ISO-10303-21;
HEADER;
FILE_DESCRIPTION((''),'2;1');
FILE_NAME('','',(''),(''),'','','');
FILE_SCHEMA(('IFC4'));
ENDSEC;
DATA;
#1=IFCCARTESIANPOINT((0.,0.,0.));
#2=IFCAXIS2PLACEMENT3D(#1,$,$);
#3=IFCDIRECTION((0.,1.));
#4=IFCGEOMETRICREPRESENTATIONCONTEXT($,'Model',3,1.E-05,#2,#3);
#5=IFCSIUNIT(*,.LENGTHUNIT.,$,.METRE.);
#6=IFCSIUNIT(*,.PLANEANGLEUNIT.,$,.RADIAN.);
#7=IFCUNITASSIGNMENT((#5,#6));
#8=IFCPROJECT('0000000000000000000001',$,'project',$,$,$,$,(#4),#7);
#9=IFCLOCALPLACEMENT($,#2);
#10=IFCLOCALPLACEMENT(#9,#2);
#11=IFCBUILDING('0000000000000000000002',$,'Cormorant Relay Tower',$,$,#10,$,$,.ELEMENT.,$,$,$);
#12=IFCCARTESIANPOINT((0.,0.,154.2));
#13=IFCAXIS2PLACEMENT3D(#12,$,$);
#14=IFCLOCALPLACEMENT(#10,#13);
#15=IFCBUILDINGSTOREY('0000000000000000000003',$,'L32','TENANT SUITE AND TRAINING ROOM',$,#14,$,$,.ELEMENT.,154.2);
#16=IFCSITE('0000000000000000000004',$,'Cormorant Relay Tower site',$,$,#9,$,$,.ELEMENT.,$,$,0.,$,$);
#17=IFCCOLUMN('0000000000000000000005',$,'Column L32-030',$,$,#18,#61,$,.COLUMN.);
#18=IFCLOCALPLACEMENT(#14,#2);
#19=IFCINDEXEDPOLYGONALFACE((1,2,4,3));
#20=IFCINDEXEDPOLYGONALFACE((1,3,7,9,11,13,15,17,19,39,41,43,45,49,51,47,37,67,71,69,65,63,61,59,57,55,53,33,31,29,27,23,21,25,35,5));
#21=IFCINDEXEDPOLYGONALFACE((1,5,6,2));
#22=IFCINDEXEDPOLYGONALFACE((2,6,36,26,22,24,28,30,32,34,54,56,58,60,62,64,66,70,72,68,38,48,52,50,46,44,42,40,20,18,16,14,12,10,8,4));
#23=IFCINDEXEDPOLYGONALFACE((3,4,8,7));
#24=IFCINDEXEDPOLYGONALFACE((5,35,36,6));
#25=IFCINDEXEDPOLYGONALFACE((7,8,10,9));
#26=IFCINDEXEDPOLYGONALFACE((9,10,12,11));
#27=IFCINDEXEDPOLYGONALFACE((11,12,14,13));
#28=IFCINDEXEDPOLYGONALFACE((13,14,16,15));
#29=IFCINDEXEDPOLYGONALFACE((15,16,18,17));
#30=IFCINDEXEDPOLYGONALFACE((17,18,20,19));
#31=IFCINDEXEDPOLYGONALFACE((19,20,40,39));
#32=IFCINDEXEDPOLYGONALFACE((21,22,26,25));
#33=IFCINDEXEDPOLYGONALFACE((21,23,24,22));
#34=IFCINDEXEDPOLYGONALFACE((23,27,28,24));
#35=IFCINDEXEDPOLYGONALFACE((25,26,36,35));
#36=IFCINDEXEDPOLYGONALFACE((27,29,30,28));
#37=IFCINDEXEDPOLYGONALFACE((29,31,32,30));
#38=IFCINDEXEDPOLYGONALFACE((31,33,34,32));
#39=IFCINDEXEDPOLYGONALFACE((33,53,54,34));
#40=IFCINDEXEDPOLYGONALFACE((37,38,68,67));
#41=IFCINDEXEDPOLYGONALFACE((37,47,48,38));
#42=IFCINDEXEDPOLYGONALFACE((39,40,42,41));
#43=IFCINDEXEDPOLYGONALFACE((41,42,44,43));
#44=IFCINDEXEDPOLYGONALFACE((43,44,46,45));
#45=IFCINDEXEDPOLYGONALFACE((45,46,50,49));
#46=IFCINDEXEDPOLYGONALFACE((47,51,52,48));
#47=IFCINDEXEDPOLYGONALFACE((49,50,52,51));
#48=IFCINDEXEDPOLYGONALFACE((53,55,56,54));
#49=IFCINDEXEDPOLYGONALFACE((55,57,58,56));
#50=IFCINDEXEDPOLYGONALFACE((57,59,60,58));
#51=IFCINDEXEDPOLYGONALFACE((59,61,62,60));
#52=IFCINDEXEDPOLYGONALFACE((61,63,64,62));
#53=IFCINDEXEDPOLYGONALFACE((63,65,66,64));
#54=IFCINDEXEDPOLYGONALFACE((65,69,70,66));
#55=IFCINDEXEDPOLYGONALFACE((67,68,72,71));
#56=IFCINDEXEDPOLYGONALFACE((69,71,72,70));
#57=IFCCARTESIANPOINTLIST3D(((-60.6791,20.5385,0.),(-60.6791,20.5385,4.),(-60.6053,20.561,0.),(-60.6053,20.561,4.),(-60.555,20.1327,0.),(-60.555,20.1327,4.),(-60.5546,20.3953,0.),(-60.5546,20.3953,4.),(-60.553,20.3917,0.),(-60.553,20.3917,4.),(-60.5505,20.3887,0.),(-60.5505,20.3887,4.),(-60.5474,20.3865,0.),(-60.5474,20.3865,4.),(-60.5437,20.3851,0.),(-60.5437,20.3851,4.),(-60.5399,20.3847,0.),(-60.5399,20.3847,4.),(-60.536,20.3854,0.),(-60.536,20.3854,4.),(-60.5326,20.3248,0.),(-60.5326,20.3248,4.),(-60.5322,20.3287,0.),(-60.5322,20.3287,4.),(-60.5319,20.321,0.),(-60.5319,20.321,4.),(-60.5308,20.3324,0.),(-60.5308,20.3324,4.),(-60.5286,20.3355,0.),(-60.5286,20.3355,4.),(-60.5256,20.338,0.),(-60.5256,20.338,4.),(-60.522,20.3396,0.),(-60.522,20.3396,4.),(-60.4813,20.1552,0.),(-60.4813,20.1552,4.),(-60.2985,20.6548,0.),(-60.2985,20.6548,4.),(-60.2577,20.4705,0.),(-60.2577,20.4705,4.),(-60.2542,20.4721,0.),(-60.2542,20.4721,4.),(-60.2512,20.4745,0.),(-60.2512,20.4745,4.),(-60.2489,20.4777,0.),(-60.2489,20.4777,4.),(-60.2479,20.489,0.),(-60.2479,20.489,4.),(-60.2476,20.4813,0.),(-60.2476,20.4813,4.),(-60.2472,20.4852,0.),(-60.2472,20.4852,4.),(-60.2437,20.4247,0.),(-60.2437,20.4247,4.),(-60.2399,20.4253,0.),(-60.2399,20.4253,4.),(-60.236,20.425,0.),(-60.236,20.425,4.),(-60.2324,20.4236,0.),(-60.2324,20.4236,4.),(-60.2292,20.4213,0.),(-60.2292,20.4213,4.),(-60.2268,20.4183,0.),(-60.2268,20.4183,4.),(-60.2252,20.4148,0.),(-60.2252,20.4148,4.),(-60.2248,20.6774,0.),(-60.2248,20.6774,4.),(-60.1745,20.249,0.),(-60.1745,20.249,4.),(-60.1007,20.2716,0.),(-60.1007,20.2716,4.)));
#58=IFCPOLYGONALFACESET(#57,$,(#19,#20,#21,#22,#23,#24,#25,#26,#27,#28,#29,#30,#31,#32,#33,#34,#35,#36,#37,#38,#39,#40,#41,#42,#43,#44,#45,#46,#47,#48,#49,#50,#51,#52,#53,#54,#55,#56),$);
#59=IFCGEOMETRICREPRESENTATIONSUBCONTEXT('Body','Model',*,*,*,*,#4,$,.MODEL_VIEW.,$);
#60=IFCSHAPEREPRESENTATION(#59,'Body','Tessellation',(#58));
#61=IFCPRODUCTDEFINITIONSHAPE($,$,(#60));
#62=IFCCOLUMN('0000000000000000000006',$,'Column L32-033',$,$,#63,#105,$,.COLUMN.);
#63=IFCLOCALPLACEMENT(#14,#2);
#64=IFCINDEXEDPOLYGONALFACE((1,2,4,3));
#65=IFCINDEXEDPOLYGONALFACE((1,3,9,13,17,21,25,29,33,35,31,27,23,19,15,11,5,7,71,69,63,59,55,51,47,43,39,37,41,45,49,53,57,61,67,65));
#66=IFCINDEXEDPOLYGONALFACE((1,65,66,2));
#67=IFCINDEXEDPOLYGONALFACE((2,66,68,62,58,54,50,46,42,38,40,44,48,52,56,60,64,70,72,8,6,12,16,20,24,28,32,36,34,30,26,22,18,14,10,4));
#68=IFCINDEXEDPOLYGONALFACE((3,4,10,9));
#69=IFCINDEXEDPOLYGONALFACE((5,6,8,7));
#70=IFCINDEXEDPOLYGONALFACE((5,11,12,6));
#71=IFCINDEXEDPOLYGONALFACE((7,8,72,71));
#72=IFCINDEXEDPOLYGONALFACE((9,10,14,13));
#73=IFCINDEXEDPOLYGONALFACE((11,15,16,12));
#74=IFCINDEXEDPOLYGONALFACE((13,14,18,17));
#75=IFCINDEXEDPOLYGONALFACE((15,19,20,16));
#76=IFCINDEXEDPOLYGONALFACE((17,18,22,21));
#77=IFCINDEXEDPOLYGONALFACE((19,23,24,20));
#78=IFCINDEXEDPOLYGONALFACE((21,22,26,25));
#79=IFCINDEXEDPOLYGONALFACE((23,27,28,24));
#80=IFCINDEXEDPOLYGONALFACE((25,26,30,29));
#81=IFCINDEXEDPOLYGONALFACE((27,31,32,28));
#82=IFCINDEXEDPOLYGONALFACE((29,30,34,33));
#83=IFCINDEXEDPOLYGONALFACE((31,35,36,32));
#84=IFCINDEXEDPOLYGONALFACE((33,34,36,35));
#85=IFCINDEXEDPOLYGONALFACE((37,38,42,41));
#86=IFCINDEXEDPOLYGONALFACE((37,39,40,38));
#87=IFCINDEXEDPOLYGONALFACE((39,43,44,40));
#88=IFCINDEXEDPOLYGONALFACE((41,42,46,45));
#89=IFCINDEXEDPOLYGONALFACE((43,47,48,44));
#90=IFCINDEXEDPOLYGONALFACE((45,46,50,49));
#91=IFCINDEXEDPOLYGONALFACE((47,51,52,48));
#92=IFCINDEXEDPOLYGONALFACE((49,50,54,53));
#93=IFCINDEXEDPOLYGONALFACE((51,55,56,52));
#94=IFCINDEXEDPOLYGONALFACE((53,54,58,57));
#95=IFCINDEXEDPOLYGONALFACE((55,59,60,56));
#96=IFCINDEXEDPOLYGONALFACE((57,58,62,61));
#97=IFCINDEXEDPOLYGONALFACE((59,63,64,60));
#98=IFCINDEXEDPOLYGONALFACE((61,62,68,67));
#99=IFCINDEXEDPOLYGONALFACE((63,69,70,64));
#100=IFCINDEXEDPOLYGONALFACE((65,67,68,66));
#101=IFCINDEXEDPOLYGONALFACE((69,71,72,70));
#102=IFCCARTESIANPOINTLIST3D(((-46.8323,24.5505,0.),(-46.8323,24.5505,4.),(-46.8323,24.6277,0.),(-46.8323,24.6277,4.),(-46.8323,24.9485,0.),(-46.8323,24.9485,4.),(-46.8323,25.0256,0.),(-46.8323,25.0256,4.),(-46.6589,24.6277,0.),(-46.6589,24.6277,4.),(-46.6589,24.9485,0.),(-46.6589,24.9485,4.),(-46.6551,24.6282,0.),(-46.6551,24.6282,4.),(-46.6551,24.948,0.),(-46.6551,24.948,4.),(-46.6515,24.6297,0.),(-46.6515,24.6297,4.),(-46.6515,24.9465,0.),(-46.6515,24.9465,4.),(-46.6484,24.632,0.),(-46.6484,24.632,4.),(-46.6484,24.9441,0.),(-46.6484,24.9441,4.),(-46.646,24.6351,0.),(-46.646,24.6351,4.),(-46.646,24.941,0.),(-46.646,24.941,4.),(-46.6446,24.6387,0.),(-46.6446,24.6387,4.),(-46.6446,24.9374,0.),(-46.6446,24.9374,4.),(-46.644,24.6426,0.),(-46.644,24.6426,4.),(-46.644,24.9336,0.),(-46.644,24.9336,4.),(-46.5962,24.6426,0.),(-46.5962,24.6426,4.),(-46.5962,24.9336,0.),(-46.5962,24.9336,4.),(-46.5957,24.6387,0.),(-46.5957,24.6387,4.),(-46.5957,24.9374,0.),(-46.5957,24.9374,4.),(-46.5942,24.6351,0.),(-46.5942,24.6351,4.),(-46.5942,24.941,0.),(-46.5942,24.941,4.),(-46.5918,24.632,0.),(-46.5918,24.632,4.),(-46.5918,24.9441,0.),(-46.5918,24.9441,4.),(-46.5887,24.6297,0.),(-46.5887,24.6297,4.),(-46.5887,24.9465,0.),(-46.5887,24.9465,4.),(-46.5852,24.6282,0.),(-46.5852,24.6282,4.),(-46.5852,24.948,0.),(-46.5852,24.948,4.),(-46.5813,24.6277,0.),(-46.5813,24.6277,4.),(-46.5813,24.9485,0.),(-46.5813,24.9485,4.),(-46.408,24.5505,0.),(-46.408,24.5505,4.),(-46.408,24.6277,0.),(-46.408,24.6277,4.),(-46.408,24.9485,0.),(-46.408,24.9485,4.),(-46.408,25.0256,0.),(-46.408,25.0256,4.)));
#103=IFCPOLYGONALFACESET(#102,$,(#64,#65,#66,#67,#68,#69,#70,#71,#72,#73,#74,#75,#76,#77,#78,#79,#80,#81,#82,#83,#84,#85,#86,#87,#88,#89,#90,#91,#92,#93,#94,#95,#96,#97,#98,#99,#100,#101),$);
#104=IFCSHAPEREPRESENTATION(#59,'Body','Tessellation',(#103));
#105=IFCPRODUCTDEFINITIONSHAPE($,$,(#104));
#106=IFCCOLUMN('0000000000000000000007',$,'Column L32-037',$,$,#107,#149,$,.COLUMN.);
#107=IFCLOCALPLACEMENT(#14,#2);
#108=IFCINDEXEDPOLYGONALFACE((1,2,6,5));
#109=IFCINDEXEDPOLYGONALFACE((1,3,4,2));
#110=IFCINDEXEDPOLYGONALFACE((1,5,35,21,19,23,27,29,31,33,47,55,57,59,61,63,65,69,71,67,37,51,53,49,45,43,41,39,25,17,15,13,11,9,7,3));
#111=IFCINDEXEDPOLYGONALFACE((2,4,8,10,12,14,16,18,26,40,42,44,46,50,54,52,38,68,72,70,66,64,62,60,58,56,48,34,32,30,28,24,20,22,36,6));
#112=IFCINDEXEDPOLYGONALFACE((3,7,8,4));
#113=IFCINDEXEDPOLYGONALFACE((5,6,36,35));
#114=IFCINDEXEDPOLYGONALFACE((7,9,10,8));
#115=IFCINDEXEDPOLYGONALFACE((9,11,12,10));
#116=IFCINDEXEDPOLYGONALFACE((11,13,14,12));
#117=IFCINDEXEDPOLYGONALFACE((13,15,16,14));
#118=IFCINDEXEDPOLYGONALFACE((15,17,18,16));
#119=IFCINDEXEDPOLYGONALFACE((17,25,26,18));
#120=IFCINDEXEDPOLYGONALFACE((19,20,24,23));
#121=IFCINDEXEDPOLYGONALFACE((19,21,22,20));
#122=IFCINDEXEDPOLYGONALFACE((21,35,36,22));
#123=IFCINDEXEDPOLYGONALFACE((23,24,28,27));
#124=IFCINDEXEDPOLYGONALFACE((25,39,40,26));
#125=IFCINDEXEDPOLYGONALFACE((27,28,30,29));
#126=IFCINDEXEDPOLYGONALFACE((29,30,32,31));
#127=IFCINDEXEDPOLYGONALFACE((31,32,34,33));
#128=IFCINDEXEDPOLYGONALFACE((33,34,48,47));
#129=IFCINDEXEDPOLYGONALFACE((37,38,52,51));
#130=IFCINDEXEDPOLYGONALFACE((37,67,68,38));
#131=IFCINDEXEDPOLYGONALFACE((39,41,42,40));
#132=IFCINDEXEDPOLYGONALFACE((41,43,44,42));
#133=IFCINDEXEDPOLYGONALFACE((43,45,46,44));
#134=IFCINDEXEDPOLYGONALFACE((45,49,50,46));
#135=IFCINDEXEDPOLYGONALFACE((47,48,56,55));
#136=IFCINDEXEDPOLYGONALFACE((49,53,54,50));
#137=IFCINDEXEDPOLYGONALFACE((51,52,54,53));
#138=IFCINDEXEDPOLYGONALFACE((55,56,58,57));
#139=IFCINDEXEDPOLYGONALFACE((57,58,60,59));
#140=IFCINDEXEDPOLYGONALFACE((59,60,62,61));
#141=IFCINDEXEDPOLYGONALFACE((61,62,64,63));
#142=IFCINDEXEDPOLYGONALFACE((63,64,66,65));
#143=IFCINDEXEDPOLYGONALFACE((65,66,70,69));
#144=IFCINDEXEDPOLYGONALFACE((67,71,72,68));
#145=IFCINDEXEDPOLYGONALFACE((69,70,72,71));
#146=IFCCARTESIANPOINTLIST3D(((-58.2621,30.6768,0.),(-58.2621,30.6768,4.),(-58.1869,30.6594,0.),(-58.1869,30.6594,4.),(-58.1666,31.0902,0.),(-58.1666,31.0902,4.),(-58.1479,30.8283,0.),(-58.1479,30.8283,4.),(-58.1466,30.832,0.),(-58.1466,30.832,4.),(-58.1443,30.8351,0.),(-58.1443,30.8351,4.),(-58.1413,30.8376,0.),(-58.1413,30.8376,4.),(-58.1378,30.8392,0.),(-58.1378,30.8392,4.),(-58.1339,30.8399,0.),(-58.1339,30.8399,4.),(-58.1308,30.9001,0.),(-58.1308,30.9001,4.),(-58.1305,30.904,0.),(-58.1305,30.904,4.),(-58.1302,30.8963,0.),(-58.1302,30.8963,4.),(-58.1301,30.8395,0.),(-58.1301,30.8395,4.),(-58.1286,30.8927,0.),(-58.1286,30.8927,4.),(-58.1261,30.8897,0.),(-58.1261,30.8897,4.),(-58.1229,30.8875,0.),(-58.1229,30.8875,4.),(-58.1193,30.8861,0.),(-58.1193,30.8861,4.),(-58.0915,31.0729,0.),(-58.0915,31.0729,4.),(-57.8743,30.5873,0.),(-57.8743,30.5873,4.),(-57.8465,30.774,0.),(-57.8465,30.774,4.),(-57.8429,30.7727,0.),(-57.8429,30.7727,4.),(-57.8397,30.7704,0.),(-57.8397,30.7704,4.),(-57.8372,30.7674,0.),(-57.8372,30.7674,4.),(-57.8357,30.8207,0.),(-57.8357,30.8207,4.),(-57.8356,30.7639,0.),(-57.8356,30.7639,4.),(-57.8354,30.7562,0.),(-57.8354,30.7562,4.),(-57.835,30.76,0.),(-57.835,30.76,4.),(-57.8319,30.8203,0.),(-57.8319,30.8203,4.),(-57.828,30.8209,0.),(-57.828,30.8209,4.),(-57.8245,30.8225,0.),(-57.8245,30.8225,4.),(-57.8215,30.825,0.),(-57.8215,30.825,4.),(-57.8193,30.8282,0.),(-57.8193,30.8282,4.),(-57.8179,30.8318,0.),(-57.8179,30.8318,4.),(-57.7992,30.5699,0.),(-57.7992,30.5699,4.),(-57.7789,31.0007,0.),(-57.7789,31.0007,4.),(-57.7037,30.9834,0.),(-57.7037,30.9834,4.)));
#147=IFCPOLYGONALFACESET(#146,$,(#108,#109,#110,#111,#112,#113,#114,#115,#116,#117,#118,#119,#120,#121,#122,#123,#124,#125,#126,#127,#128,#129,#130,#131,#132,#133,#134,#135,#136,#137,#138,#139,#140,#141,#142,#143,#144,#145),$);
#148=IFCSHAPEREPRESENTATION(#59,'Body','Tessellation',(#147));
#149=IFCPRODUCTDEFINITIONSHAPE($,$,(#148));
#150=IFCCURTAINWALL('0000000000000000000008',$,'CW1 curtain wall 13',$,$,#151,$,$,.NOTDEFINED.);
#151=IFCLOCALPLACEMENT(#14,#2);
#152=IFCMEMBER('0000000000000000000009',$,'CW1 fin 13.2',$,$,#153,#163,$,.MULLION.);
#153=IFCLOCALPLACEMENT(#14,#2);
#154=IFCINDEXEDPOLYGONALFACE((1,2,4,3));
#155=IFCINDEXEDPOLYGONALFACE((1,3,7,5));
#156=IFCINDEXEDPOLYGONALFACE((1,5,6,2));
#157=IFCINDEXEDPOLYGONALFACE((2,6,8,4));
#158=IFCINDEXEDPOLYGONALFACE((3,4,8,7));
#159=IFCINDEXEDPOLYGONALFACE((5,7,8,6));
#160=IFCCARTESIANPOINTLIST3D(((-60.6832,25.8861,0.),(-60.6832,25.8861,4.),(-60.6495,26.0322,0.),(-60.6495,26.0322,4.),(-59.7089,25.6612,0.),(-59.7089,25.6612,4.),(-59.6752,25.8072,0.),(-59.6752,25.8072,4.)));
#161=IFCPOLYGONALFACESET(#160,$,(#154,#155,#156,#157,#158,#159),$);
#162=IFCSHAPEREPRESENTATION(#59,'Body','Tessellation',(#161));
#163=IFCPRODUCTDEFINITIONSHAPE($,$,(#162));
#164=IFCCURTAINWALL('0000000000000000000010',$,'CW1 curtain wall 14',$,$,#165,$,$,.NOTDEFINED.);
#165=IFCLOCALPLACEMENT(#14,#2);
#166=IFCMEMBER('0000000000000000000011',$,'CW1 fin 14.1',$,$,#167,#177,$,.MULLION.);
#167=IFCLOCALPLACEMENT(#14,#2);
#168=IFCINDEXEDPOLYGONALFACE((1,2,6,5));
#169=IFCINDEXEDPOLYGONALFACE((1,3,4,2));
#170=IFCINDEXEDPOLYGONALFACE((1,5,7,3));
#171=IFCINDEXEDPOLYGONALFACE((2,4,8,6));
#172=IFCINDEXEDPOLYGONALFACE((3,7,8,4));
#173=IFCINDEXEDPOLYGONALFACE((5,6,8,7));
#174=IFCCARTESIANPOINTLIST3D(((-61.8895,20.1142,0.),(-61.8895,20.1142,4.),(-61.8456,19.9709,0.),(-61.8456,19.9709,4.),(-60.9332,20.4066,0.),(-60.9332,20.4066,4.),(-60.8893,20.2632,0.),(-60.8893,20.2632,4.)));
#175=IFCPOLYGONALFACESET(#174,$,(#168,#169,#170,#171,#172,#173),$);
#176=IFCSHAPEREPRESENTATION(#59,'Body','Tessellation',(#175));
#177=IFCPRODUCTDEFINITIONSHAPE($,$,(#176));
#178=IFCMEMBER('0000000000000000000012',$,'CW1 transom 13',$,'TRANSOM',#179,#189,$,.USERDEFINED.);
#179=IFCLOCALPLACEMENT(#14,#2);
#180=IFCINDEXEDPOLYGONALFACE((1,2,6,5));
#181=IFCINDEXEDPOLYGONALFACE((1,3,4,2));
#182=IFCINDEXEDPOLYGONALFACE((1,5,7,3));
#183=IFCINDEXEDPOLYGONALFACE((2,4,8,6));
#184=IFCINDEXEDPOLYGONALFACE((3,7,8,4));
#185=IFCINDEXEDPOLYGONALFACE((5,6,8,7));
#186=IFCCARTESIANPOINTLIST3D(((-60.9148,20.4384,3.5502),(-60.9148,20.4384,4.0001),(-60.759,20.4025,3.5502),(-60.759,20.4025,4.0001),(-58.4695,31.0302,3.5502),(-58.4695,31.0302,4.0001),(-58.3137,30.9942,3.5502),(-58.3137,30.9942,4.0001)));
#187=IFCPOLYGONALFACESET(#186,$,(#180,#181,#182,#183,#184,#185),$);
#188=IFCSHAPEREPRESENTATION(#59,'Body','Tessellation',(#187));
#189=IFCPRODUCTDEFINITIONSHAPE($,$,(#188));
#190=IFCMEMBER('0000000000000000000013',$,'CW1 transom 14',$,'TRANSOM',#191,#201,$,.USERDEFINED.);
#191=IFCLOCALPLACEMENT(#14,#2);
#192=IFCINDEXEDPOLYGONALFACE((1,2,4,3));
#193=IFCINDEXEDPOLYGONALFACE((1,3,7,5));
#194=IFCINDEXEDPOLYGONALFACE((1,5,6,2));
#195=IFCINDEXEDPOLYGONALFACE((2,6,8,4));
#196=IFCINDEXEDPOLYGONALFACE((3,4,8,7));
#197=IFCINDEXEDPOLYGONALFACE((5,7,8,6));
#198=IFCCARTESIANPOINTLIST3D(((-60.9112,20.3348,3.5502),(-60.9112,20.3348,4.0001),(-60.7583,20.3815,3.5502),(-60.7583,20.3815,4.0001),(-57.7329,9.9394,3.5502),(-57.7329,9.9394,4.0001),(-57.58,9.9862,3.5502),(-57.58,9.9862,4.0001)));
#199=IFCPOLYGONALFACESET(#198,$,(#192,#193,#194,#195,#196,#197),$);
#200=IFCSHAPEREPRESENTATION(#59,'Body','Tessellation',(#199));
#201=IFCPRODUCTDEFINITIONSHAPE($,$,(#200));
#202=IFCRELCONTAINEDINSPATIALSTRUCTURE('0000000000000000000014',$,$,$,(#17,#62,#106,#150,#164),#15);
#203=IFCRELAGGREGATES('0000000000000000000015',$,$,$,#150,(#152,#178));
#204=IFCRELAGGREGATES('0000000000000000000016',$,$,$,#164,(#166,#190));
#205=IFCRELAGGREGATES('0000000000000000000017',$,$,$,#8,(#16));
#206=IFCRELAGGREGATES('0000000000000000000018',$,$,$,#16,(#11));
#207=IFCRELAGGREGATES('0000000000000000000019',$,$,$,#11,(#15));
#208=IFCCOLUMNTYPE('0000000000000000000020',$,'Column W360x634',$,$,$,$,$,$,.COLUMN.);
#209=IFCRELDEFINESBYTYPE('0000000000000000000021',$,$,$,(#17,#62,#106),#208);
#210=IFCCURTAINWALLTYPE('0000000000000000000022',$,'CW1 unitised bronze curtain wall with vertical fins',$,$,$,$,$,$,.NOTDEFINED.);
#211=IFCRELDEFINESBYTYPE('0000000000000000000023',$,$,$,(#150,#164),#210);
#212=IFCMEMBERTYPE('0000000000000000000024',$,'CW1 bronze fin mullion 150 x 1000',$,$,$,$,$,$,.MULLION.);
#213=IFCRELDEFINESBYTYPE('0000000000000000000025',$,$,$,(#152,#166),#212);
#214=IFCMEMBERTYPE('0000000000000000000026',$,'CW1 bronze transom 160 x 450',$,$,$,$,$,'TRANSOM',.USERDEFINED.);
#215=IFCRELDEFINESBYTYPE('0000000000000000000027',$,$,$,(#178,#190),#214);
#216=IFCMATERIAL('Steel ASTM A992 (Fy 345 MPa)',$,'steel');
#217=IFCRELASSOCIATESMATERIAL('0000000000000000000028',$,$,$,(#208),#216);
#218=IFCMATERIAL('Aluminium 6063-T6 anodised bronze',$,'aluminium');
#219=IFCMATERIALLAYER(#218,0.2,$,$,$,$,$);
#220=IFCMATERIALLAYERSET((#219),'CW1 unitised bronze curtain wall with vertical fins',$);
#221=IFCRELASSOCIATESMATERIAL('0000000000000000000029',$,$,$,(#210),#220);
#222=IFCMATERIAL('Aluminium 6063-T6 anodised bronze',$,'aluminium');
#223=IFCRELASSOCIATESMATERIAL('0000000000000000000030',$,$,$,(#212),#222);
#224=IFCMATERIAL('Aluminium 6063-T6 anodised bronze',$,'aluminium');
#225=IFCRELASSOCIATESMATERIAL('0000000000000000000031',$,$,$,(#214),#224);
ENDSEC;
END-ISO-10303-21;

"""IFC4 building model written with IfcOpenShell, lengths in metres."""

from ifc_helpers import new_model, si_unit, direction, frame, origin, origin_2d, place, context, subcontext, project, spatial, rectangle, i_section, extrude, material, layer, layer_set, material_profile, profile_set, type_object, element, aggregate, save


model = new_model("IFC4")

# Units and contexts
model_context = context("Model", 3, precision=1e-05, world=origin(), true_north=direction((0.0, 1.0)))
body_context = subcontext(model_context, "Body", "Model", "MODEL_VIEW")
ifc_project = project(units=[si_unit("LENGTHUNIT", "METRE"), si_unit("PLANEANGLEUNIT", "RADIAN")], contexts=[model_context])

# Site, building, storey
site_placement = place(None, origin())
site = spatial("IfcSite", under=ifc_project, at=site_placement, Name="Cormorant Relay Tower site", CompositionType="ELEMENT", RefElevation=0.0)
building_placement = place(site_placement, origin())
building = spatial("IfcBuilding", under=site, at=building_placement, Name="Cormorant Relay Tower", CompositionType="ELEMENT")
storey_placement = place(building_placement, frame((0.0, 0.0, 154.2)))
storey = spatial("IfcBuildingStorey", under=building, at=storey_placement, Name="L32", Description="TENANT SUITE AND TRAINING ROOM", CompositionType="ELEMENT", Elevation=154.2)

# Columns
ifc_material_1 = material(Name="Steel ASTM A992 (Fy 345 MPa)", Category="steel")
ifc_material_profile_1 = material_profile(ifc_material_1, i_section(OverallWidth=0.4243, OverallDepth=0.4751, WebThickness=0.0479, FlangeThickness=0.0771, FilletRadius=0.0149, at=origin_2d()), Name="W360x634")
ifc_profile_set_1 = profile_set([ifc_material_profile_1], Name="Steel ASTM A992 (Fy 345 MPa)")
column_type = type_object("IfcColumnType", Name="Column W360x634", PredefinedType="COLUMN", material=ifc_profile_set_1)
for number, where, z_axis, x_axis, name in (
    (1, (-60.3899, 20.405, 0.0), (0.0, 0.0, 1.0), (0.292372, -0.956305, 0.0), "Column L32-030"),
    (2, (-46.6201, 24.7881, 0.0), (0.0, 0.0, 1.0), (1.0, 0.0, 0.0), "Column L32-033"),
    (3, (-57.9829, 30.8301, 0.0), (0.0, 0.0, 1.0), (-0.224951, -0.97437, 0.0), "Column L32-037"),
):
    element("IfcColumn", number, at=place(storey_placement, frame(where, z_axis=z_axis, x_axis=x_axis)), inside=storey, type_object=column_type, Name=name, PredefinedType="COLUMN", context=body_context, shape_type="SweptSolid", body=[
        extrude(i_section(OverallWidth=0.4243, OverallDepth=0.4751, WebThickness=0.0479, FlangeThickness=0.0771, FilletRadius=0.0149, at=origin_2d()), origin(), (0.0, 0.0, 1.0), 4.0),
    ])

# Curtain walls, members
ifc_material_2 = material(Name="Aluminium 6063-T6 anodised bronze", Category="aluminium")
ifc_layer_1 = layer(ifc_material_2, 0.2)
ifc_layer_set_1 = layer_set([ifc_layer_1], Name="CW1 unitised bronze curtain wall with vertical fins")
curtain_wall_type = type_object("IfcCurtainWallType", Name="CW1 unitised bronze curtain wall with vertical fins", PredefinedType="NOTDEFINED", material=ifc_layer_set_1)
curtain_wall_1_placement = place(storey_placement, origin())
curtain_wall_1 = element("IfcCurtainWall", 4, at=curtain_wall_1_placement, inside=storey, type_object=curtain_wall_type, Name="CW1 curtain wall 13", PredefinedType="NOTDEFINED")
ifc_material_3 = material(Name="Aluminium 6063-T6 anodised bronze", Category="aluminium")
ifc_material_profile_2 = material_profile(ifc_material_3, rectangle(XDim=0.1499, YDim=1.0, at=origin_2d()), Name="AL 150x1000")
ifc_profile_set_2 = profile_set([ifc_material_profile_2], Name="Aluminium 6063-T6 anodised bronze")
member_type_1 = type_object("IfcMemberType", Name="CW1 bronze fin mullion 150 x 1000", PredefinedType="MULLION", material=ifc_profile_set_2)
member_1_placement = place(storey_placement, frame((-60.1792, 25.8467, 0.0), z_axis=(0.0, 0.0, 1.0), x_axis=(-0.224951, -0.97437, 0.0)))
member_1 = element("IfcMember", 5, at=member_1_placement, type_object=member_type_1, Name="CW1 fin 13.2", PredefinedType="MULLION", context=body_context, shape_type="SweptSolid", body=[
    extrude(rectangle(XDim=0.1499, YDim=1.0, at=origin_2d()), origin(), (0.0, 0.0, 1.0), 4.0),
])
curtain_wall_2_placement = place(storey_placement, origin())
curtain_wall_2 = element("IfcCurtainWall", 6, at=curtain_wall_2_placement, inside=storey, type_object=curtain_wall_type, Name="CW1 curtain wall 14", PredefinedType="NOTDEFINED")
member_2_placement = place(storey_placement, frame((-61.3894, 20.1887, 0.0), z_axis=(0.0, 0.0, 1.0), x_axis=(0.292372, -0.956305, 0.0)))
member_2 = element("IfcMember", 7, at=member_2_placement, type_object=member_type_1, Name="CW1 fin 14.1", PredefinedType="MULLION", context=body_context, shape_type="SweptSolid", body=[
    extrude(rectangle(XDim=0.1499, YDim=1.0, at=origin_2d()), origin(), (0.0, 0.0, 1.0), 4.0),
])

# Members
ifc_material_4 = material(Name="Aluminium 6063-T6 anodised bronze", Category="aluminium")
ifc_material_profile_3 = material_profile(ifc_material_4, rectangle(XDim=0.1599, YDim=0.45, at=origin_2d()), Name="AL 160x450")
ifc_profile_set_3 = profile_set([ifc_material_profile_3], Name="Aluminium 6063-T6 anodised bronze")
member_type_2 = type_object("IfcMemberType", Name="CW1 bronze transom 160 x 450", ElementType="TRANSOM", PredefinedType="USERDEFINED", material=ifc_profile_set_3)
member_3_placement = place(storey_placement, frame((-58.3916, 31.0122, 3.7751), z_axis=(-0.224951, -0.97437, 0.0), x_axis=(0.97437, -0.224951, 0.0)))
member_3 = element("IfcMember", 8, at=member_3_placement, type_object=member_type_2, Name="CW1 transom 13", ObjectType="TRANSOM", PredefinedType="USERDEFINED", context=body_context, shape_type="SweptSolid", body=[
    extrude(rectangle(XDim=0.1599, YDim=0.45, at=origin_2d()), origin(), (0.0, 0.0, 1.0), 10.8704),
])
member_4_placement = place(storey_placement, frame((-60.8347, 20.3582, 3.7751), z_axis=(0.292378, -0.956303, 0.0), x_axis=(0.956303, 0.292378, 0.0)))
member_4 = element("IfcMember", 9, at=member_4_placement, type_object=member_type_2, Name="CW1 transom 14", ObjectType="TRANSOM", PredefinedType="USERDEFINED", context=body_context, shape_type="SweptSolid", body=[
    extrude(rectangle(XDim=0.1599, YDim=0.45, at=origin_2d()), origin(), (0.0, 0.0, 1.0), 10.8704),
])

aggregate(curtain_wall_1, [member_1, member_3])
aggregate(curtain_wall_2, [member_2, member_4])

save(model, "model.ifc")
